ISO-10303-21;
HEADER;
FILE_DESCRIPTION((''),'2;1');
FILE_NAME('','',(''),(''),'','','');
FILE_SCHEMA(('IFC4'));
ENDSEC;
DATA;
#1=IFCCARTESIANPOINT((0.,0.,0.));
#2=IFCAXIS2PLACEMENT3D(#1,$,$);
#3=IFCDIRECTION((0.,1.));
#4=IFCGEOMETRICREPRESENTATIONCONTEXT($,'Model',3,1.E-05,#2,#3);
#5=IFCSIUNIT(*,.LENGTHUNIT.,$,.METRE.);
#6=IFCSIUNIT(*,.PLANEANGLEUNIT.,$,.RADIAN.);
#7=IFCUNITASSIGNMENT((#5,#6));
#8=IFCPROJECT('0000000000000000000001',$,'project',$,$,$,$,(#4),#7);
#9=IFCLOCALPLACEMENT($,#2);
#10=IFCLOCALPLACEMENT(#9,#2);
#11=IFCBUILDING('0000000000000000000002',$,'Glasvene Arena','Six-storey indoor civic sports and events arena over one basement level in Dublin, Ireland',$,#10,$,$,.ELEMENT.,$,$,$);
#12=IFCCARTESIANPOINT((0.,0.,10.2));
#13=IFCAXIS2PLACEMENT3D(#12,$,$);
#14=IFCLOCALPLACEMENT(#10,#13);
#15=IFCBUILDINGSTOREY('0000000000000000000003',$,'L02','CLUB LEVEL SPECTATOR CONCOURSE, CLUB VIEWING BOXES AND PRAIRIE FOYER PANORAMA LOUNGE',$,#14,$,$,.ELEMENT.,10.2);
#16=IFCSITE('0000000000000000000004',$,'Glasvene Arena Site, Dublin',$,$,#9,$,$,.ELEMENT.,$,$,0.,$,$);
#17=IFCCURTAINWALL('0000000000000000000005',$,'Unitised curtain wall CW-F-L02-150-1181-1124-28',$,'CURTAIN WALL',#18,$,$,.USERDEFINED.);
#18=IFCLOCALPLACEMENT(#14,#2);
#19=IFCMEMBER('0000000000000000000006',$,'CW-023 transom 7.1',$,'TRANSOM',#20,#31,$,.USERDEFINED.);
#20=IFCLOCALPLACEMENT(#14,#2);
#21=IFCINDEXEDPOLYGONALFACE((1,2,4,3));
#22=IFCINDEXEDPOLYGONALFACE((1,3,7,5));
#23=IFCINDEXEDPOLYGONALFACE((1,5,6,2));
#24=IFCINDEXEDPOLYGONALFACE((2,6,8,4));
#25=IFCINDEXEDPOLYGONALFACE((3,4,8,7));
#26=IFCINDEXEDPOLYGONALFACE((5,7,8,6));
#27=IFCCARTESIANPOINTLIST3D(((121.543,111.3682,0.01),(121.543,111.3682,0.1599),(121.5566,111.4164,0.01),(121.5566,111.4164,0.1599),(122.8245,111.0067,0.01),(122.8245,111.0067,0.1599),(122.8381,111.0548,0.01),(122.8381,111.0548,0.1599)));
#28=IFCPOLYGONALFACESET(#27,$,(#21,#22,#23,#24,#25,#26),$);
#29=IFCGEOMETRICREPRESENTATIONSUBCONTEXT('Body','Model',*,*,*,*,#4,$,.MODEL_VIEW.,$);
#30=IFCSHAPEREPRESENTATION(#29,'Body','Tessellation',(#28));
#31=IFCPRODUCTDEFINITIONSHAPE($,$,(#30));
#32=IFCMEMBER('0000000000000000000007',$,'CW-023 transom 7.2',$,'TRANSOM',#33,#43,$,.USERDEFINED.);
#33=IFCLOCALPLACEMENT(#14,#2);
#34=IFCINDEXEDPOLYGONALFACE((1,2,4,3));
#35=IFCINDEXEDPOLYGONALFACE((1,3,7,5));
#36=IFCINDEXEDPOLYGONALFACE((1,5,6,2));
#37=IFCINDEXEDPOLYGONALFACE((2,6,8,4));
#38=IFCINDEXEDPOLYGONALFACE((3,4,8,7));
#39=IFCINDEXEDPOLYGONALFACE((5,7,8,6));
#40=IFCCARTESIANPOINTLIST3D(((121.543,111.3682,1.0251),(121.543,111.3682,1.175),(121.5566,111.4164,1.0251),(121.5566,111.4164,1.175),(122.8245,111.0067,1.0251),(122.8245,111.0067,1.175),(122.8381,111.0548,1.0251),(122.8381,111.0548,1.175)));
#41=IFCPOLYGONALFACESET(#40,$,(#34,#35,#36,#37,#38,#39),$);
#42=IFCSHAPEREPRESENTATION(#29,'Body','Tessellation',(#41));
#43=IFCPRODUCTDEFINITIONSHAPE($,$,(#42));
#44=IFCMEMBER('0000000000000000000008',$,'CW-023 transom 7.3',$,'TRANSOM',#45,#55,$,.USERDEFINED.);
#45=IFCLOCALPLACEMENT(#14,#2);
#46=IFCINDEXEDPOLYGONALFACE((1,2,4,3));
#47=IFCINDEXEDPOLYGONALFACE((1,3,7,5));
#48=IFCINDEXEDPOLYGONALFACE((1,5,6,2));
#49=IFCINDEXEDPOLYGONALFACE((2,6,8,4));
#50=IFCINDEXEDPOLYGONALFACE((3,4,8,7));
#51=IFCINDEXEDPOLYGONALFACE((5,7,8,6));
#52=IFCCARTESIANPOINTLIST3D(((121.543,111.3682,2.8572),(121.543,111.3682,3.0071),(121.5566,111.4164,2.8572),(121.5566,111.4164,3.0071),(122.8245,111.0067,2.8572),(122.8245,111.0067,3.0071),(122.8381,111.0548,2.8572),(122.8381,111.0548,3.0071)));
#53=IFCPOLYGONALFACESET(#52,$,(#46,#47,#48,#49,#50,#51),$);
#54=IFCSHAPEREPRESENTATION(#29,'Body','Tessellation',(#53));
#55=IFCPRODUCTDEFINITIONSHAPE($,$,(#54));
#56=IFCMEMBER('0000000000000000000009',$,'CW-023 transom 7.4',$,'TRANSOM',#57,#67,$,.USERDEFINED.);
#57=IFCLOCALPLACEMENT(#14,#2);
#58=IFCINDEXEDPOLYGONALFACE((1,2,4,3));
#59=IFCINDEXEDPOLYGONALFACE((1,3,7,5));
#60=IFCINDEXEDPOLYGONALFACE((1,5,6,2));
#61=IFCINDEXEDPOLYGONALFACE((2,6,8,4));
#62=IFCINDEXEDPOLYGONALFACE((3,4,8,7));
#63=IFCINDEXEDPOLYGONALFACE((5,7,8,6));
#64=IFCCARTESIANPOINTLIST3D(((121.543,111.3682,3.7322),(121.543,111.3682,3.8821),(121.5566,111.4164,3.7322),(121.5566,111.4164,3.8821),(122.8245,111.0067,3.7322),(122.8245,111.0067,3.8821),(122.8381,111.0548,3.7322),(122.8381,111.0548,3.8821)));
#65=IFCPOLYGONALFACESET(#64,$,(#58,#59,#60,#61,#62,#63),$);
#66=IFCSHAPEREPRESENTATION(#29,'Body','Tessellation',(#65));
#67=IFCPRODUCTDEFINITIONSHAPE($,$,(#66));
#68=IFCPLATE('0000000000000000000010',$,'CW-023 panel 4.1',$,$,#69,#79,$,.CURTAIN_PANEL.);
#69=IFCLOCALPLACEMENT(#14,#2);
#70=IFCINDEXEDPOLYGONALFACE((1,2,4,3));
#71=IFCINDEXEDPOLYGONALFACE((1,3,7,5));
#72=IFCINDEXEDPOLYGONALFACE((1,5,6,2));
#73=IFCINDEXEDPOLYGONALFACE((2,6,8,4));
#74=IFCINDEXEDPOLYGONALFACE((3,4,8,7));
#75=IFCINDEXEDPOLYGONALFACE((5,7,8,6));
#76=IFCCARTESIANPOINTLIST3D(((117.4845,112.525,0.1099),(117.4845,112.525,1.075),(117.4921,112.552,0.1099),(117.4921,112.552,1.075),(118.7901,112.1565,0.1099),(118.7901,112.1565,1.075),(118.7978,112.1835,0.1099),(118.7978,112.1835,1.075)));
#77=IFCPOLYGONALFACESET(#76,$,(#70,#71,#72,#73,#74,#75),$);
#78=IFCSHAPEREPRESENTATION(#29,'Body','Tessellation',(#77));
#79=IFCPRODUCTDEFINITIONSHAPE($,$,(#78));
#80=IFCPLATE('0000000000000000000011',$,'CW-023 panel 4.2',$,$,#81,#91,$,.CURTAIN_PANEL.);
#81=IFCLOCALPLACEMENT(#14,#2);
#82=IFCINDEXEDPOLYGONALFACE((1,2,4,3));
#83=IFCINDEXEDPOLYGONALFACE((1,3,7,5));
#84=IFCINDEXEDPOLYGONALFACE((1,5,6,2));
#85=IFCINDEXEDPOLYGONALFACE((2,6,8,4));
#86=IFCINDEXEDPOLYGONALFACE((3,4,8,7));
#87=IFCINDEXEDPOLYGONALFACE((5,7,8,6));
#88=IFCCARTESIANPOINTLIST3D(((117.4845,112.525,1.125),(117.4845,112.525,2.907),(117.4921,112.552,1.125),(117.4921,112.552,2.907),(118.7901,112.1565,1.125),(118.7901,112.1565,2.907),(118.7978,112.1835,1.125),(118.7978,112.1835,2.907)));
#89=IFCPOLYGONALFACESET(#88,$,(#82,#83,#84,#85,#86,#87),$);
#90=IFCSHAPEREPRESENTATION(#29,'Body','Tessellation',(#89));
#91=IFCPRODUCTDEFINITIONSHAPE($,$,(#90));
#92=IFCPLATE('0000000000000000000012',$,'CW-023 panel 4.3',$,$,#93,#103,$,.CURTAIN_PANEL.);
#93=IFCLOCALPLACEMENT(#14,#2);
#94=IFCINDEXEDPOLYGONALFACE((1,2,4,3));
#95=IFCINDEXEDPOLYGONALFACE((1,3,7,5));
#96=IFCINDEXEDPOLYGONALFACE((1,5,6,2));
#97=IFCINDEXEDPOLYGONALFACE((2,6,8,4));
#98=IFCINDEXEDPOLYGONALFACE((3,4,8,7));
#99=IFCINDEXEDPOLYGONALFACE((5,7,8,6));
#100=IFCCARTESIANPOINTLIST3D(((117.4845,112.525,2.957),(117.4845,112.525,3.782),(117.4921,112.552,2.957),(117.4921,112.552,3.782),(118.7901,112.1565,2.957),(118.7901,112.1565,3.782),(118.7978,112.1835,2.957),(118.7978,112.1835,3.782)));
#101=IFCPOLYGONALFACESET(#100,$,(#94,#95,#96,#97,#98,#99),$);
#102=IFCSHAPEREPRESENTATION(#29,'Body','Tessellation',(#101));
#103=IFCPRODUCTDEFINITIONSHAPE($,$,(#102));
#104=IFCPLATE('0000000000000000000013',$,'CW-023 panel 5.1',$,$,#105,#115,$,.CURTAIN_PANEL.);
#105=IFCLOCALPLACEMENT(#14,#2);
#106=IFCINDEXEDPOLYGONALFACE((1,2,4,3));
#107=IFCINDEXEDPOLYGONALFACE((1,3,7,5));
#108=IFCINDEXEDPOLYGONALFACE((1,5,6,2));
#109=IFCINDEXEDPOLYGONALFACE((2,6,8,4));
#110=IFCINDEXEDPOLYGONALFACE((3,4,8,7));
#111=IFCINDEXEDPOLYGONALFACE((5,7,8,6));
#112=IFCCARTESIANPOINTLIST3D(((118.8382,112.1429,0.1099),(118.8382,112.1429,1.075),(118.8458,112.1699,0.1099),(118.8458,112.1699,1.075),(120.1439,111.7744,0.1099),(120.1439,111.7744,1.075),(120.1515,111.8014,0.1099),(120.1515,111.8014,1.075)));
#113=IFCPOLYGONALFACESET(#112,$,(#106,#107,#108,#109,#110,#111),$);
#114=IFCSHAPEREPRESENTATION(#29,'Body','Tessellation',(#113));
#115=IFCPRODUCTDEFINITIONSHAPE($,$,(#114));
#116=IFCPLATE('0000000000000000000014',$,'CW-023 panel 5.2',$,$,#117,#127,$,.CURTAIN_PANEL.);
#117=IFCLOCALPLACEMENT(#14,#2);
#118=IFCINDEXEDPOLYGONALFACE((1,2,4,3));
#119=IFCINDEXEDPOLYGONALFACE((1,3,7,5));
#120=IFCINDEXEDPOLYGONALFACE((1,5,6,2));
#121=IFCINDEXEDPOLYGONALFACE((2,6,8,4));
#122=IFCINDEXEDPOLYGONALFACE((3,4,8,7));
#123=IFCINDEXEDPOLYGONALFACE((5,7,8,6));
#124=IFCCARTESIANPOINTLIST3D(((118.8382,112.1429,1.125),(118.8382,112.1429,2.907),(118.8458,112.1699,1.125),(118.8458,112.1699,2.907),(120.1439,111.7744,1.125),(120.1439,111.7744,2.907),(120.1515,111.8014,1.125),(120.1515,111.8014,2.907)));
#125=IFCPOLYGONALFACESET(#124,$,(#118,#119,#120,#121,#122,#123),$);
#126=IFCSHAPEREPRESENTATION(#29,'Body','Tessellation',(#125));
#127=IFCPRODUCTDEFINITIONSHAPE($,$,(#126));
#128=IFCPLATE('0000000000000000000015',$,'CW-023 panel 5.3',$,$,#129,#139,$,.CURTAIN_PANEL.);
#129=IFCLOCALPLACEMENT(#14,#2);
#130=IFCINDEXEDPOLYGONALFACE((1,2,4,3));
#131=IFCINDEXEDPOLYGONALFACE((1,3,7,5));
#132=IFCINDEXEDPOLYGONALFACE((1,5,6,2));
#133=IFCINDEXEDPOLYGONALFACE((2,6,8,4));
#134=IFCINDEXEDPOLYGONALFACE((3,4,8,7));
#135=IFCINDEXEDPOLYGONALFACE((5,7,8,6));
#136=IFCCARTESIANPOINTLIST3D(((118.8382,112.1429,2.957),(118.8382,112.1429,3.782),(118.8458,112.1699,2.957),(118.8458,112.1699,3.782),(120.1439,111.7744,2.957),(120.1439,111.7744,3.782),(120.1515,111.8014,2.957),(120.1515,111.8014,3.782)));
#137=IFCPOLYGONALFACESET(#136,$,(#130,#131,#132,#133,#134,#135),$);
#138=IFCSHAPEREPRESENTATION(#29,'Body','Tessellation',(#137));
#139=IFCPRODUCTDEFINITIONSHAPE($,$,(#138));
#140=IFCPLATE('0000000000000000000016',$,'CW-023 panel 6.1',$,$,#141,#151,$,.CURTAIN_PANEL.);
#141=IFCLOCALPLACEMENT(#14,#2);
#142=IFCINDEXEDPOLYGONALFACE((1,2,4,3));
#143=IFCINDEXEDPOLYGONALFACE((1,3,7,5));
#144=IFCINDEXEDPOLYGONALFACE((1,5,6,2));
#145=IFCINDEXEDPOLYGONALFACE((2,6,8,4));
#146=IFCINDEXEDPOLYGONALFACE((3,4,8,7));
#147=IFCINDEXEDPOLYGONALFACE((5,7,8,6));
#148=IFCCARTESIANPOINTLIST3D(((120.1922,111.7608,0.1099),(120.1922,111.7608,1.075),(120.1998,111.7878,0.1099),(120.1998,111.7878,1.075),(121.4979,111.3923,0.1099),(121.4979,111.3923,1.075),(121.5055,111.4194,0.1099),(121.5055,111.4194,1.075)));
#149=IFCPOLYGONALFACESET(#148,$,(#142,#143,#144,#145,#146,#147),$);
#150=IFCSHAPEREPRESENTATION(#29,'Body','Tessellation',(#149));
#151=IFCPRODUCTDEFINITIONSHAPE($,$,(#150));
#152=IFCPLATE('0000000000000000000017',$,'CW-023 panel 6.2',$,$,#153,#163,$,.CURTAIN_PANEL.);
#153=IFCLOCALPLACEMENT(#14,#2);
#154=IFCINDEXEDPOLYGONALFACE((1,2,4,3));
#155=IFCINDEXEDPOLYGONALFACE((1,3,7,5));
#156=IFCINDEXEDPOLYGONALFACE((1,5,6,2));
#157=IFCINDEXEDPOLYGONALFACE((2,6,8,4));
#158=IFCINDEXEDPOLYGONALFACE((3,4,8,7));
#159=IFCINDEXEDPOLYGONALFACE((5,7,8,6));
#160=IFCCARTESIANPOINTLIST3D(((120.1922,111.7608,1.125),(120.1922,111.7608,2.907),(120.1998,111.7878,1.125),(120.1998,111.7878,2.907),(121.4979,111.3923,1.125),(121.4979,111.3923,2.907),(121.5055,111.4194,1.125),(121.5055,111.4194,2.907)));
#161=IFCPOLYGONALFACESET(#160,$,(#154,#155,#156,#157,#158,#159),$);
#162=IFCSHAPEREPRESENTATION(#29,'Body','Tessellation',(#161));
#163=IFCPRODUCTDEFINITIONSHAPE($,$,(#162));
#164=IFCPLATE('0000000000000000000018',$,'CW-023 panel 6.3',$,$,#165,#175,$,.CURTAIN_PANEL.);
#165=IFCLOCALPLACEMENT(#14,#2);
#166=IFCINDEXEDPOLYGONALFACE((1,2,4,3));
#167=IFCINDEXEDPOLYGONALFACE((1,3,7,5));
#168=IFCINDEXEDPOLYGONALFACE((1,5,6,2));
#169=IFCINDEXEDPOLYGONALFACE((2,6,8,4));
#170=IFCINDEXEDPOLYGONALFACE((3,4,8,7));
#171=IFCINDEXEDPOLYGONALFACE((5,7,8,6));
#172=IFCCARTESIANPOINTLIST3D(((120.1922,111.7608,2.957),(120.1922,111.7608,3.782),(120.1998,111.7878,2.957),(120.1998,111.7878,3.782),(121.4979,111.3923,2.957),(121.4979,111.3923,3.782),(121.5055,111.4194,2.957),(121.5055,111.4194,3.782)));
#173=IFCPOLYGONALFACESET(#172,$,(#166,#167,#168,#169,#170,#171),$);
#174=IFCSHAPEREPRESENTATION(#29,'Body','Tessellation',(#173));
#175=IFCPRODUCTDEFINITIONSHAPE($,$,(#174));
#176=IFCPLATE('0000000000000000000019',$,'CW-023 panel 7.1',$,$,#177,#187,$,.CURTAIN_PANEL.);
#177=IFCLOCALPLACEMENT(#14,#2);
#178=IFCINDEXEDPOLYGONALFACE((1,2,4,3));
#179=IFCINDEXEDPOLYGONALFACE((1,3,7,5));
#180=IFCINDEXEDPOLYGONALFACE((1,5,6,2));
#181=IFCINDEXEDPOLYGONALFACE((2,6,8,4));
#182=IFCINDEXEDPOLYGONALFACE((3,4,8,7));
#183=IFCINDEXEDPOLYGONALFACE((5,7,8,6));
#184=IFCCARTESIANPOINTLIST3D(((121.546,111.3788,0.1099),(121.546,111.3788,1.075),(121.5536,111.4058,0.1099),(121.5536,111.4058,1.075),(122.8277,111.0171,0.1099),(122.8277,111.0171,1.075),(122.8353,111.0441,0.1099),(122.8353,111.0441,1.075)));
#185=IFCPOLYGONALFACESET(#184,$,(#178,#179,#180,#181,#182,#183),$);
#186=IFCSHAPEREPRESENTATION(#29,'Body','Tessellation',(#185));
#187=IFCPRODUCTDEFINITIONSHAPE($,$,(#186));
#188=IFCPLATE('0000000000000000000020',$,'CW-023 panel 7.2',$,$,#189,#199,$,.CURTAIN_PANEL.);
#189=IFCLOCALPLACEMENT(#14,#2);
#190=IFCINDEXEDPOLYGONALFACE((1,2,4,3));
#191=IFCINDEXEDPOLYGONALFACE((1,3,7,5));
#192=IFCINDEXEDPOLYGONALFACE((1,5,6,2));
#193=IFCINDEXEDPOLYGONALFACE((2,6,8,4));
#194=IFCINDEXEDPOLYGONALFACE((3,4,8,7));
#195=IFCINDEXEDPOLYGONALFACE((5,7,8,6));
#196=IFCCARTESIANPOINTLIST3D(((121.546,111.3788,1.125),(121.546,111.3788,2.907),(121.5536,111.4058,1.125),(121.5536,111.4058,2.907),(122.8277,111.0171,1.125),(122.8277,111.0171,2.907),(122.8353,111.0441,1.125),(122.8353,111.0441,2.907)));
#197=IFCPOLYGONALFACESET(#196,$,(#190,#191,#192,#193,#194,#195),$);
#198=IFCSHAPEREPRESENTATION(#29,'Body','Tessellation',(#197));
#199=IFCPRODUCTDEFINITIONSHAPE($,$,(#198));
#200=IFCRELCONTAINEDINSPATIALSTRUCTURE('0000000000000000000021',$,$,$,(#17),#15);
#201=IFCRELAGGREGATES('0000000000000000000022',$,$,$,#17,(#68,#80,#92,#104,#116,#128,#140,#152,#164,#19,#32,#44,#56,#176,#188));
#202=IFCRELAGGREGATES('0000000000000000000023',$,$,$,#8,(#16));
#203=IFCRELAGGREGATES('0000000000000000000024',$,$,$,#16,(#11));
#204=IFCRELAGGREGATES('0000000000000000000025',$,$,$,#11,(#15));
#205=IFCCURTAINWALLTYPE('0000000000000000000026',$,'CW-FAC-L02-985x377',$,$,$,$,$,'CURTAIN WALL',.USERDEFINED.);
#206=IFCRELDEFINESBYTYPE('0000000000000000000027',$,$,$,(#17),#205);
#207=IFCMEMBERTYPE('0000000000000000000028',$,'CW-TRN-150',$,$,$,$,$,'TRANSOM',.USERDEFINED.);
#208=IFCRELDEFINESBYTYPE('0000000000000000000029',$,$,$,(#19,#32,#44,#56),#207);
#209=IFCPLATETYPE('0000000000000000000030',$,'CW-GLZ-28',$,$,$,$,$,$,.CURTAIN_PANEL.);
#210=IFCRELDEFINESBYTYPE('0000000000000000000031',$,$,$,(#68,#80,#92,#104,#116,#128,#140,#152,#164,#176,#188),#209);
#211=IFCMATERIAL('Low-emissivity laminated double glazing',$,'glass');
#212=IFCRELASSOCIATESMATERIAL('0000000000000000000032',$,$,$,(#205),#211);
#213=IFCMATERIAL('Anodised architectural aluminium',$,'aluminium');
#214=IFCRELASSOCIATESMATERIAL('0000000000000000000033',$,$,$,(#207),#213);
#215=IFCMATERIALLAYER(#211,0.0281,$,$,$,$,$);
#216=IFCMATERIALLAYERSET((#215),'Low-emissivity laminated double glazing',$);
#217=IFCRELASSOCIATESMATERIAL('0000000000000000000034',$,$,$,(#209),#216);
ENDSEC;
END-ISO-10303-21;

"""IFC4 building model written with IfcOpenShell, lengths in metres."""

from ifc_helpers import new_model, si_unit, direction, frame, origin, origin_2d, place, context, subcontext, project, spatial, rectangle, extrude, material, layer, layer_set, material_profile, profile_set, type_object, element, aggregate, save


model = new_model("IFC4")

# Units and contexts
model_context = context("Model", 3, precision=1e-05, world=origin(), true_north=direction((0.0, 1.0)))
body_context = subcontext(model_context, "Body", "Model", "MODEL_VIEW")
ifc_project = project(units=[si_unit("LENGTHUNIT", "METRE"), si_unit("PLANEANGLEUNIT", "RADIAN")], contexts=[model_context])

# Site, building, storey
site_placement = place(None, origin())
site = spatial("IfcSite", under=ifc_project, at=site_placement, Name="Glasvene Arena Site, Dublin", CompositionType="ELEMENT", RefElevation=0.0)
building_placement = place(site_placement, origin())
building = spatial("IfcBuilding", under=site, at=building_placement, Name="Glasvene Arena", Description="Six-storey indoor civic sports and events arena over one basement level in Dublin, Ireland", CompositionType="ELEMENT")
storey_placement = place(building_placement, frame((0.0, 0.0, 10.2)))
storey = spatial("IfcBuildingStorey", under=building, at=storey_placement, Name="L02", Description="CLUB LEVEL SPECTATOR CONCOURSE, CLUB VIEWING BOXES AND PRAIRIE FOYER PANORAMA LOUNGE", CompositionType="ELEMENT", Elevation=10.2)

# Curtain wall, members, plates
ifc_material_1 = material(Name="Low-emissivity laminated double glazing", Category="glass")
curtain_wall_type = type_object("IfcCurtainWallType", Name="CW-FAC-L02-985x377", ElementType="CURTAIN WALL", PredefinedType="USERDEFINED", material=ifc_material_1)
curtain_wall_placement = place(storey_placement, frame((113.4026, 113.6914, 0.0)))
curtain_wall = element("IfcCurtainWall", 1, at=curtain_wall_placement, inside=storey, type_object=curtain_wall_type, Name="Unitised curtain wall CW-F-L02-150-1181-1124-28", ObjectType="CURTAIN WALL", PredefinedType="USERDEFINED")
ifc_material_2 = material(Name="Anodised architectural aluminium", Category="aluminium")
ifc_material_profile_1 = material_profile(ifc_material_2, rectangle(XDim=0.05, YDim=0.1499, at=origin_2d()), Name="ALU TRANSOM 50x150")
ifc_profile_set_1 = profile_set([ifc_material_profile_1], Name="Anodised architectural aluminium")
member_type_1 = type_object("IfcMemberType", Name="CW-TRN-150", ElementType="TRANSOM", PredefinedType="USERDEFINED", material=ifc_profile_set_1)
member_1_placement = place(storey_placement, frame((121.5498, 111.3923, 0.085), z_axis=(0.962425, -0.271547, 0.0), x_axis=(0.271547, 0.962425, 0.0)))
member_1 = element("IfcMember", 2, at=member_1_placement, type_object=member_type_1, Name="CW-023 transom 7.1", ObjectType="TRANSOM", PredefinedType="USERDEFINED", context=body_context, shape_type="SweptSolid", body=[
    extrude(rectangle(XDim=0.05, YDim=0.1499, at=origin_2d()), origin(), (0.0, 0.0, 1.0), 1.3315),
])
member_2_placement = place(storey_placement, frame((121.5498, 111.3923, 1.1001), z_axis=(0.962425, -0.271547, 0.0), x_axis=(0.271547, 0.962425, 0.0)))
member_2 = element("IfcMember", 3, at=member_2_placement, type_object=member_type_1, Name="CW-023 transom 7.2", ObjectType="TRANSOM", PredefinedType="USERDEFINED", context=body_context, shape_type="SweptSolid", body=[
    extrude(rectangle(XDim=0.05, YDim=0.1499, at=origin_2d()), origin(), (0.0, 0.0, 1.0), 1.3315),
])
member_3_placement = place(storey_placement, frame((121.5498, 111.3923, 2.9321), z_axis=(0.962425, -0.271547, 0.0), x_axis=(0.271547, 0.962425, 0.0)))
member_3 = element("IfcMember", 4, at=member_3_placement, type_object=member_type_1, Name="CW-023 transom 7.3", ObjectType="TRANSOM", PredefinedType="USERDEFINED", context=body_context, shape_type="SweptSolid", body=[
    extrude(rectangle(XDim=0.05, YDim=0.1499, at=origin_2d()), origin(), (0.0, 0.0, 1.0), 1.3315),
])
member_4_placement = place(storey_placement, frame((121.5498, 111.3923, 3.8071), z_axis=(0.962425, -0.271547, 0.0), x_axis=(0.271547, 0.962425, 0.0)))
member_4 = element("IfcMember", 5, at=member_4_placement, type_object=member_type_1, Name="CW-023 transom 7.4", ObjectType="TRANSOM", PredefinedType="USERDEFINED", context=body_context, shape_type="SweptSolid", body=[
    extrude(rectangle(XDim=0.05, YDim=0.1499, at=origin_2d()), origin(), (0.0, 0.0, 1.0), 1.3315),
])
ifc_layer_1 = layer(ifc_material_1, 0.0281)
ifc_layer_set_1 = layer_set([ifc_layer_1], Name="Low-emissivity laminated double glazing")
plate_type = type_object("IfcPlateType", Name="CW-GLZ-28", PredefinedType="CURTAIN_PANEL", material=ifc_layer_set_1)
plate_1_placement = place(storey_placement, frame((118.1411, 112.3542, 0.1099), z_axis=(0.0, 0.0, 1.0), x_axis=(0.962411, -0.271597, 0.0)))
plate_1 = element("IfcPlate", 6, at=plate_1_placement, type_object=plate_type, Name="CW-023 panel 4.1", PredefinedType="CURTAIN_PANEL", context=body_context, shape_type="SweptSolid", body=[
    extrude(rectangle(XDim=1.3567, YDim=0.0281, at=origin_2d()), origin(), (0.0, 0.0, 1.0), 0.9651),
])
plate_2_placement = place(storey_placement, frame((118.1411, 112.3542, 1.125), z_axis=(0.0, 0.0, 1.0), x_axis=(0.962411, -0.271597, 0.0)))
plate_2 = element("IfcPlate", 7, at=plate_2_placement, type_object=plate_type, Name="CW-023 panel 4.2", PredefinedType="CURTAIN_PANEL", context=body_context, shape_type="SweptSolid", body=[
    extrude(rectangle(XDim=1.3567, YDim=0.0281, at=origin_2d()), origin(), (0.0, 0.0, 1.0), 1.782),
])
plate_3_placement = place(storey_placement, frame((118.1411, 112.3542, 2.957), z_axis=(0.0, 0.0, 1.0), x_axis=(0.962411, -0.271597, 0.0)))
plate_3 = element("IfcPlate", 8, at=plate_3_placement, type_object=plate_type, Name="CW-023 panel 4.3", PredefinedType="CURTAIN_PANEL", context=body_context, shape_type="SweptSolid", body=[
    extrude(rectangle(XDim=1.3567, YDim=0.0281, at=origin_2d()), origin(), (0.0, 0.0, 1.0), 0.825),
])
plate_4_placement = place(storey_placement, frame((119.4949, 111.9722, 0.1099), z_axis=(0.0, 0.0, 1.0), x_axis=(0.962411, -0.271597, 0.0)))
plate_4 = element("IfcPlate", 9, at=plate_4_placement, type_object=plate_type, Name="CW-023 panel 5.1", PredefinedType="CURTAIN_PANEL", context=body_context, shape_type="SweptSolid", body=[
    extrude(rectangle(XDim=1.3567, YDim=0.0281, at=origin_2d()), origin(), (0.0, 0.0, 1.0), 0.9651),
])
plate_5_placement = place(storey_placement, frame((119.4949, 111.9722, 1.125), z_axis=(0.0, 0.0, 1.0), x_axis=(0.962411, -0.271597, 0.0)))
plate_5 = element("IfcPlate", 10, at=plate_5_placement, type_object=plate_type, Name="CW-023 panel 5.2", PredefinedType="CURTAIN_PANEL", context=body_context, shape_type="SweptSolid", body=[
    extrude(rectangle(XDim=1.3567, YDim=0.0281, at=origin_2d()), origin(), (0.0, 0.0, 1.0), 1.782),
])
plate_6_placement = place(storey_placement, frame((119.4949, 111.9722, 2.957), z_axis=(0.0, 0.0, 1.0), x_axis=(0.962411, -0.271597, 0.0)))
plate_6 = element("IfcPlate", 11, at=plate_6_placement, type_object=plate_type, Name="CW-023 panel 5.3", PredefinedType="CURTAIN_PANEL", context=body_context, shape_type="SweptSolid", body=[
    extrude(rectangle(XDim=1.3567, YDim=0.0281, at=origin_2d()), origin(), (0.0, 0.0, 1.0), 0.825),
])
plate_7_placement = place(storey_placement, frame((120.8489, 111.5901, 0.1099), z_axis=(0.0, 0.0, 1.0), x_axis=(0.962411, -0.271597, 0.0)))
plate_7 = element("IfcPlate", 12, at=plate_7_placement, type_object=plate_type, Name="CW-023 panel 6.1", PredefinedType="CURTAIN_PANEL", context=body_context, shape_type="SweptSolid", body=[
    extrude(rectangle(XDim=1.3567, YDim=0.0281, at=origin_2d()), origin(), (0.0, 0.0, 1.0), 0.9651),
])
plate_8_placement = place(storey_placement, frame((120.8489, 111.5901, 1.125), z_axis=(0.0, 0.0, 1.0), x_axis=(0.962411, -0.271597, 0.0)))
plate_8 = element("IfcPlate", 13, at=plate_8_placement, type_object=plate_type, Name="CW-023 panel 6.2", PredefinedType="CURTAIN_PANEL", context=body_context, shape_type="SweptSolid", body=[
    extrude(rectangle(XDim=1.3567, YDim=0.0281, at=origin_2d()), origin(), (0.0, 0.0, 1.0), 1.782),
])
plate_9_placement = place(storey_placement, frame((120.8489, 111.5901, 2.957), z_axis=(0.0, 0.0, 1.0), x_axis=(0.962411, -0.271597, 0.0)))
plate_9 = element("IfcPlate", 14, at=plate_9_placement, type_object=plate_type, Name="CW-023 panel 6.3", PredefinedType="CURTAIN_PANEL", context=body_context, shape_type="SweptSolid", body=[
    extrude(rectangle(XDim=1.3567, YDim=0.0281, at=origin_2d()), origin(), (0.0, 0.0, 1.0), 0.825),
])
plate_10_placement = place(storey_placement, frame((122.1907, 111.2114, 0.1099), z_axis=(0.0, 0.0, 1.0), x_axis=(0.962411, -0.271597, 0.0)))
plate_10 = element("IfcPlate", 15, at=plate_10_placement, type_object=plate_type, Name="CW-023 panel 7.1", PredefinedType="CURTAIN_PANEL", context=body_context, shape_type="SweptSolid", body=[
    extrude(rectangle(XDim=1.3318, YDim=0.0281, at=origin_2d()), origin(), (0.0, 0.0, 1.0), 0.9651),
])
plate_11_placement = place(storey_placement, frame((122.1907, 111.2114, 1.125), z_axis=(0.0, 0.0, 1.0), x_axis=(0.962411, -0.271597, 0.0)))
plate_11 = element("IfcPlate", 16, at=plate_11_placement, type_object=plate_type, Name="CW-023 panel 7.2", PredefinedType="CURTAIN_PANEL", context=body_context, shape_type="SweptSolid", body=[
    extrude(rectangle(XDim=1.3318, YDim=0.0281, at=origin_2d()), origin(), (0.0, 0.0, 1.0), 1.782),
])
aggregate(curtain_wall, [plate_1, plate_2, plate_3, plate_4, plate_5, plate_6, plate_7, plate_8, plate_9, member_1, member_2, member_3, member_4, plate_10, plate_11])

save(model, "model.ifc")
